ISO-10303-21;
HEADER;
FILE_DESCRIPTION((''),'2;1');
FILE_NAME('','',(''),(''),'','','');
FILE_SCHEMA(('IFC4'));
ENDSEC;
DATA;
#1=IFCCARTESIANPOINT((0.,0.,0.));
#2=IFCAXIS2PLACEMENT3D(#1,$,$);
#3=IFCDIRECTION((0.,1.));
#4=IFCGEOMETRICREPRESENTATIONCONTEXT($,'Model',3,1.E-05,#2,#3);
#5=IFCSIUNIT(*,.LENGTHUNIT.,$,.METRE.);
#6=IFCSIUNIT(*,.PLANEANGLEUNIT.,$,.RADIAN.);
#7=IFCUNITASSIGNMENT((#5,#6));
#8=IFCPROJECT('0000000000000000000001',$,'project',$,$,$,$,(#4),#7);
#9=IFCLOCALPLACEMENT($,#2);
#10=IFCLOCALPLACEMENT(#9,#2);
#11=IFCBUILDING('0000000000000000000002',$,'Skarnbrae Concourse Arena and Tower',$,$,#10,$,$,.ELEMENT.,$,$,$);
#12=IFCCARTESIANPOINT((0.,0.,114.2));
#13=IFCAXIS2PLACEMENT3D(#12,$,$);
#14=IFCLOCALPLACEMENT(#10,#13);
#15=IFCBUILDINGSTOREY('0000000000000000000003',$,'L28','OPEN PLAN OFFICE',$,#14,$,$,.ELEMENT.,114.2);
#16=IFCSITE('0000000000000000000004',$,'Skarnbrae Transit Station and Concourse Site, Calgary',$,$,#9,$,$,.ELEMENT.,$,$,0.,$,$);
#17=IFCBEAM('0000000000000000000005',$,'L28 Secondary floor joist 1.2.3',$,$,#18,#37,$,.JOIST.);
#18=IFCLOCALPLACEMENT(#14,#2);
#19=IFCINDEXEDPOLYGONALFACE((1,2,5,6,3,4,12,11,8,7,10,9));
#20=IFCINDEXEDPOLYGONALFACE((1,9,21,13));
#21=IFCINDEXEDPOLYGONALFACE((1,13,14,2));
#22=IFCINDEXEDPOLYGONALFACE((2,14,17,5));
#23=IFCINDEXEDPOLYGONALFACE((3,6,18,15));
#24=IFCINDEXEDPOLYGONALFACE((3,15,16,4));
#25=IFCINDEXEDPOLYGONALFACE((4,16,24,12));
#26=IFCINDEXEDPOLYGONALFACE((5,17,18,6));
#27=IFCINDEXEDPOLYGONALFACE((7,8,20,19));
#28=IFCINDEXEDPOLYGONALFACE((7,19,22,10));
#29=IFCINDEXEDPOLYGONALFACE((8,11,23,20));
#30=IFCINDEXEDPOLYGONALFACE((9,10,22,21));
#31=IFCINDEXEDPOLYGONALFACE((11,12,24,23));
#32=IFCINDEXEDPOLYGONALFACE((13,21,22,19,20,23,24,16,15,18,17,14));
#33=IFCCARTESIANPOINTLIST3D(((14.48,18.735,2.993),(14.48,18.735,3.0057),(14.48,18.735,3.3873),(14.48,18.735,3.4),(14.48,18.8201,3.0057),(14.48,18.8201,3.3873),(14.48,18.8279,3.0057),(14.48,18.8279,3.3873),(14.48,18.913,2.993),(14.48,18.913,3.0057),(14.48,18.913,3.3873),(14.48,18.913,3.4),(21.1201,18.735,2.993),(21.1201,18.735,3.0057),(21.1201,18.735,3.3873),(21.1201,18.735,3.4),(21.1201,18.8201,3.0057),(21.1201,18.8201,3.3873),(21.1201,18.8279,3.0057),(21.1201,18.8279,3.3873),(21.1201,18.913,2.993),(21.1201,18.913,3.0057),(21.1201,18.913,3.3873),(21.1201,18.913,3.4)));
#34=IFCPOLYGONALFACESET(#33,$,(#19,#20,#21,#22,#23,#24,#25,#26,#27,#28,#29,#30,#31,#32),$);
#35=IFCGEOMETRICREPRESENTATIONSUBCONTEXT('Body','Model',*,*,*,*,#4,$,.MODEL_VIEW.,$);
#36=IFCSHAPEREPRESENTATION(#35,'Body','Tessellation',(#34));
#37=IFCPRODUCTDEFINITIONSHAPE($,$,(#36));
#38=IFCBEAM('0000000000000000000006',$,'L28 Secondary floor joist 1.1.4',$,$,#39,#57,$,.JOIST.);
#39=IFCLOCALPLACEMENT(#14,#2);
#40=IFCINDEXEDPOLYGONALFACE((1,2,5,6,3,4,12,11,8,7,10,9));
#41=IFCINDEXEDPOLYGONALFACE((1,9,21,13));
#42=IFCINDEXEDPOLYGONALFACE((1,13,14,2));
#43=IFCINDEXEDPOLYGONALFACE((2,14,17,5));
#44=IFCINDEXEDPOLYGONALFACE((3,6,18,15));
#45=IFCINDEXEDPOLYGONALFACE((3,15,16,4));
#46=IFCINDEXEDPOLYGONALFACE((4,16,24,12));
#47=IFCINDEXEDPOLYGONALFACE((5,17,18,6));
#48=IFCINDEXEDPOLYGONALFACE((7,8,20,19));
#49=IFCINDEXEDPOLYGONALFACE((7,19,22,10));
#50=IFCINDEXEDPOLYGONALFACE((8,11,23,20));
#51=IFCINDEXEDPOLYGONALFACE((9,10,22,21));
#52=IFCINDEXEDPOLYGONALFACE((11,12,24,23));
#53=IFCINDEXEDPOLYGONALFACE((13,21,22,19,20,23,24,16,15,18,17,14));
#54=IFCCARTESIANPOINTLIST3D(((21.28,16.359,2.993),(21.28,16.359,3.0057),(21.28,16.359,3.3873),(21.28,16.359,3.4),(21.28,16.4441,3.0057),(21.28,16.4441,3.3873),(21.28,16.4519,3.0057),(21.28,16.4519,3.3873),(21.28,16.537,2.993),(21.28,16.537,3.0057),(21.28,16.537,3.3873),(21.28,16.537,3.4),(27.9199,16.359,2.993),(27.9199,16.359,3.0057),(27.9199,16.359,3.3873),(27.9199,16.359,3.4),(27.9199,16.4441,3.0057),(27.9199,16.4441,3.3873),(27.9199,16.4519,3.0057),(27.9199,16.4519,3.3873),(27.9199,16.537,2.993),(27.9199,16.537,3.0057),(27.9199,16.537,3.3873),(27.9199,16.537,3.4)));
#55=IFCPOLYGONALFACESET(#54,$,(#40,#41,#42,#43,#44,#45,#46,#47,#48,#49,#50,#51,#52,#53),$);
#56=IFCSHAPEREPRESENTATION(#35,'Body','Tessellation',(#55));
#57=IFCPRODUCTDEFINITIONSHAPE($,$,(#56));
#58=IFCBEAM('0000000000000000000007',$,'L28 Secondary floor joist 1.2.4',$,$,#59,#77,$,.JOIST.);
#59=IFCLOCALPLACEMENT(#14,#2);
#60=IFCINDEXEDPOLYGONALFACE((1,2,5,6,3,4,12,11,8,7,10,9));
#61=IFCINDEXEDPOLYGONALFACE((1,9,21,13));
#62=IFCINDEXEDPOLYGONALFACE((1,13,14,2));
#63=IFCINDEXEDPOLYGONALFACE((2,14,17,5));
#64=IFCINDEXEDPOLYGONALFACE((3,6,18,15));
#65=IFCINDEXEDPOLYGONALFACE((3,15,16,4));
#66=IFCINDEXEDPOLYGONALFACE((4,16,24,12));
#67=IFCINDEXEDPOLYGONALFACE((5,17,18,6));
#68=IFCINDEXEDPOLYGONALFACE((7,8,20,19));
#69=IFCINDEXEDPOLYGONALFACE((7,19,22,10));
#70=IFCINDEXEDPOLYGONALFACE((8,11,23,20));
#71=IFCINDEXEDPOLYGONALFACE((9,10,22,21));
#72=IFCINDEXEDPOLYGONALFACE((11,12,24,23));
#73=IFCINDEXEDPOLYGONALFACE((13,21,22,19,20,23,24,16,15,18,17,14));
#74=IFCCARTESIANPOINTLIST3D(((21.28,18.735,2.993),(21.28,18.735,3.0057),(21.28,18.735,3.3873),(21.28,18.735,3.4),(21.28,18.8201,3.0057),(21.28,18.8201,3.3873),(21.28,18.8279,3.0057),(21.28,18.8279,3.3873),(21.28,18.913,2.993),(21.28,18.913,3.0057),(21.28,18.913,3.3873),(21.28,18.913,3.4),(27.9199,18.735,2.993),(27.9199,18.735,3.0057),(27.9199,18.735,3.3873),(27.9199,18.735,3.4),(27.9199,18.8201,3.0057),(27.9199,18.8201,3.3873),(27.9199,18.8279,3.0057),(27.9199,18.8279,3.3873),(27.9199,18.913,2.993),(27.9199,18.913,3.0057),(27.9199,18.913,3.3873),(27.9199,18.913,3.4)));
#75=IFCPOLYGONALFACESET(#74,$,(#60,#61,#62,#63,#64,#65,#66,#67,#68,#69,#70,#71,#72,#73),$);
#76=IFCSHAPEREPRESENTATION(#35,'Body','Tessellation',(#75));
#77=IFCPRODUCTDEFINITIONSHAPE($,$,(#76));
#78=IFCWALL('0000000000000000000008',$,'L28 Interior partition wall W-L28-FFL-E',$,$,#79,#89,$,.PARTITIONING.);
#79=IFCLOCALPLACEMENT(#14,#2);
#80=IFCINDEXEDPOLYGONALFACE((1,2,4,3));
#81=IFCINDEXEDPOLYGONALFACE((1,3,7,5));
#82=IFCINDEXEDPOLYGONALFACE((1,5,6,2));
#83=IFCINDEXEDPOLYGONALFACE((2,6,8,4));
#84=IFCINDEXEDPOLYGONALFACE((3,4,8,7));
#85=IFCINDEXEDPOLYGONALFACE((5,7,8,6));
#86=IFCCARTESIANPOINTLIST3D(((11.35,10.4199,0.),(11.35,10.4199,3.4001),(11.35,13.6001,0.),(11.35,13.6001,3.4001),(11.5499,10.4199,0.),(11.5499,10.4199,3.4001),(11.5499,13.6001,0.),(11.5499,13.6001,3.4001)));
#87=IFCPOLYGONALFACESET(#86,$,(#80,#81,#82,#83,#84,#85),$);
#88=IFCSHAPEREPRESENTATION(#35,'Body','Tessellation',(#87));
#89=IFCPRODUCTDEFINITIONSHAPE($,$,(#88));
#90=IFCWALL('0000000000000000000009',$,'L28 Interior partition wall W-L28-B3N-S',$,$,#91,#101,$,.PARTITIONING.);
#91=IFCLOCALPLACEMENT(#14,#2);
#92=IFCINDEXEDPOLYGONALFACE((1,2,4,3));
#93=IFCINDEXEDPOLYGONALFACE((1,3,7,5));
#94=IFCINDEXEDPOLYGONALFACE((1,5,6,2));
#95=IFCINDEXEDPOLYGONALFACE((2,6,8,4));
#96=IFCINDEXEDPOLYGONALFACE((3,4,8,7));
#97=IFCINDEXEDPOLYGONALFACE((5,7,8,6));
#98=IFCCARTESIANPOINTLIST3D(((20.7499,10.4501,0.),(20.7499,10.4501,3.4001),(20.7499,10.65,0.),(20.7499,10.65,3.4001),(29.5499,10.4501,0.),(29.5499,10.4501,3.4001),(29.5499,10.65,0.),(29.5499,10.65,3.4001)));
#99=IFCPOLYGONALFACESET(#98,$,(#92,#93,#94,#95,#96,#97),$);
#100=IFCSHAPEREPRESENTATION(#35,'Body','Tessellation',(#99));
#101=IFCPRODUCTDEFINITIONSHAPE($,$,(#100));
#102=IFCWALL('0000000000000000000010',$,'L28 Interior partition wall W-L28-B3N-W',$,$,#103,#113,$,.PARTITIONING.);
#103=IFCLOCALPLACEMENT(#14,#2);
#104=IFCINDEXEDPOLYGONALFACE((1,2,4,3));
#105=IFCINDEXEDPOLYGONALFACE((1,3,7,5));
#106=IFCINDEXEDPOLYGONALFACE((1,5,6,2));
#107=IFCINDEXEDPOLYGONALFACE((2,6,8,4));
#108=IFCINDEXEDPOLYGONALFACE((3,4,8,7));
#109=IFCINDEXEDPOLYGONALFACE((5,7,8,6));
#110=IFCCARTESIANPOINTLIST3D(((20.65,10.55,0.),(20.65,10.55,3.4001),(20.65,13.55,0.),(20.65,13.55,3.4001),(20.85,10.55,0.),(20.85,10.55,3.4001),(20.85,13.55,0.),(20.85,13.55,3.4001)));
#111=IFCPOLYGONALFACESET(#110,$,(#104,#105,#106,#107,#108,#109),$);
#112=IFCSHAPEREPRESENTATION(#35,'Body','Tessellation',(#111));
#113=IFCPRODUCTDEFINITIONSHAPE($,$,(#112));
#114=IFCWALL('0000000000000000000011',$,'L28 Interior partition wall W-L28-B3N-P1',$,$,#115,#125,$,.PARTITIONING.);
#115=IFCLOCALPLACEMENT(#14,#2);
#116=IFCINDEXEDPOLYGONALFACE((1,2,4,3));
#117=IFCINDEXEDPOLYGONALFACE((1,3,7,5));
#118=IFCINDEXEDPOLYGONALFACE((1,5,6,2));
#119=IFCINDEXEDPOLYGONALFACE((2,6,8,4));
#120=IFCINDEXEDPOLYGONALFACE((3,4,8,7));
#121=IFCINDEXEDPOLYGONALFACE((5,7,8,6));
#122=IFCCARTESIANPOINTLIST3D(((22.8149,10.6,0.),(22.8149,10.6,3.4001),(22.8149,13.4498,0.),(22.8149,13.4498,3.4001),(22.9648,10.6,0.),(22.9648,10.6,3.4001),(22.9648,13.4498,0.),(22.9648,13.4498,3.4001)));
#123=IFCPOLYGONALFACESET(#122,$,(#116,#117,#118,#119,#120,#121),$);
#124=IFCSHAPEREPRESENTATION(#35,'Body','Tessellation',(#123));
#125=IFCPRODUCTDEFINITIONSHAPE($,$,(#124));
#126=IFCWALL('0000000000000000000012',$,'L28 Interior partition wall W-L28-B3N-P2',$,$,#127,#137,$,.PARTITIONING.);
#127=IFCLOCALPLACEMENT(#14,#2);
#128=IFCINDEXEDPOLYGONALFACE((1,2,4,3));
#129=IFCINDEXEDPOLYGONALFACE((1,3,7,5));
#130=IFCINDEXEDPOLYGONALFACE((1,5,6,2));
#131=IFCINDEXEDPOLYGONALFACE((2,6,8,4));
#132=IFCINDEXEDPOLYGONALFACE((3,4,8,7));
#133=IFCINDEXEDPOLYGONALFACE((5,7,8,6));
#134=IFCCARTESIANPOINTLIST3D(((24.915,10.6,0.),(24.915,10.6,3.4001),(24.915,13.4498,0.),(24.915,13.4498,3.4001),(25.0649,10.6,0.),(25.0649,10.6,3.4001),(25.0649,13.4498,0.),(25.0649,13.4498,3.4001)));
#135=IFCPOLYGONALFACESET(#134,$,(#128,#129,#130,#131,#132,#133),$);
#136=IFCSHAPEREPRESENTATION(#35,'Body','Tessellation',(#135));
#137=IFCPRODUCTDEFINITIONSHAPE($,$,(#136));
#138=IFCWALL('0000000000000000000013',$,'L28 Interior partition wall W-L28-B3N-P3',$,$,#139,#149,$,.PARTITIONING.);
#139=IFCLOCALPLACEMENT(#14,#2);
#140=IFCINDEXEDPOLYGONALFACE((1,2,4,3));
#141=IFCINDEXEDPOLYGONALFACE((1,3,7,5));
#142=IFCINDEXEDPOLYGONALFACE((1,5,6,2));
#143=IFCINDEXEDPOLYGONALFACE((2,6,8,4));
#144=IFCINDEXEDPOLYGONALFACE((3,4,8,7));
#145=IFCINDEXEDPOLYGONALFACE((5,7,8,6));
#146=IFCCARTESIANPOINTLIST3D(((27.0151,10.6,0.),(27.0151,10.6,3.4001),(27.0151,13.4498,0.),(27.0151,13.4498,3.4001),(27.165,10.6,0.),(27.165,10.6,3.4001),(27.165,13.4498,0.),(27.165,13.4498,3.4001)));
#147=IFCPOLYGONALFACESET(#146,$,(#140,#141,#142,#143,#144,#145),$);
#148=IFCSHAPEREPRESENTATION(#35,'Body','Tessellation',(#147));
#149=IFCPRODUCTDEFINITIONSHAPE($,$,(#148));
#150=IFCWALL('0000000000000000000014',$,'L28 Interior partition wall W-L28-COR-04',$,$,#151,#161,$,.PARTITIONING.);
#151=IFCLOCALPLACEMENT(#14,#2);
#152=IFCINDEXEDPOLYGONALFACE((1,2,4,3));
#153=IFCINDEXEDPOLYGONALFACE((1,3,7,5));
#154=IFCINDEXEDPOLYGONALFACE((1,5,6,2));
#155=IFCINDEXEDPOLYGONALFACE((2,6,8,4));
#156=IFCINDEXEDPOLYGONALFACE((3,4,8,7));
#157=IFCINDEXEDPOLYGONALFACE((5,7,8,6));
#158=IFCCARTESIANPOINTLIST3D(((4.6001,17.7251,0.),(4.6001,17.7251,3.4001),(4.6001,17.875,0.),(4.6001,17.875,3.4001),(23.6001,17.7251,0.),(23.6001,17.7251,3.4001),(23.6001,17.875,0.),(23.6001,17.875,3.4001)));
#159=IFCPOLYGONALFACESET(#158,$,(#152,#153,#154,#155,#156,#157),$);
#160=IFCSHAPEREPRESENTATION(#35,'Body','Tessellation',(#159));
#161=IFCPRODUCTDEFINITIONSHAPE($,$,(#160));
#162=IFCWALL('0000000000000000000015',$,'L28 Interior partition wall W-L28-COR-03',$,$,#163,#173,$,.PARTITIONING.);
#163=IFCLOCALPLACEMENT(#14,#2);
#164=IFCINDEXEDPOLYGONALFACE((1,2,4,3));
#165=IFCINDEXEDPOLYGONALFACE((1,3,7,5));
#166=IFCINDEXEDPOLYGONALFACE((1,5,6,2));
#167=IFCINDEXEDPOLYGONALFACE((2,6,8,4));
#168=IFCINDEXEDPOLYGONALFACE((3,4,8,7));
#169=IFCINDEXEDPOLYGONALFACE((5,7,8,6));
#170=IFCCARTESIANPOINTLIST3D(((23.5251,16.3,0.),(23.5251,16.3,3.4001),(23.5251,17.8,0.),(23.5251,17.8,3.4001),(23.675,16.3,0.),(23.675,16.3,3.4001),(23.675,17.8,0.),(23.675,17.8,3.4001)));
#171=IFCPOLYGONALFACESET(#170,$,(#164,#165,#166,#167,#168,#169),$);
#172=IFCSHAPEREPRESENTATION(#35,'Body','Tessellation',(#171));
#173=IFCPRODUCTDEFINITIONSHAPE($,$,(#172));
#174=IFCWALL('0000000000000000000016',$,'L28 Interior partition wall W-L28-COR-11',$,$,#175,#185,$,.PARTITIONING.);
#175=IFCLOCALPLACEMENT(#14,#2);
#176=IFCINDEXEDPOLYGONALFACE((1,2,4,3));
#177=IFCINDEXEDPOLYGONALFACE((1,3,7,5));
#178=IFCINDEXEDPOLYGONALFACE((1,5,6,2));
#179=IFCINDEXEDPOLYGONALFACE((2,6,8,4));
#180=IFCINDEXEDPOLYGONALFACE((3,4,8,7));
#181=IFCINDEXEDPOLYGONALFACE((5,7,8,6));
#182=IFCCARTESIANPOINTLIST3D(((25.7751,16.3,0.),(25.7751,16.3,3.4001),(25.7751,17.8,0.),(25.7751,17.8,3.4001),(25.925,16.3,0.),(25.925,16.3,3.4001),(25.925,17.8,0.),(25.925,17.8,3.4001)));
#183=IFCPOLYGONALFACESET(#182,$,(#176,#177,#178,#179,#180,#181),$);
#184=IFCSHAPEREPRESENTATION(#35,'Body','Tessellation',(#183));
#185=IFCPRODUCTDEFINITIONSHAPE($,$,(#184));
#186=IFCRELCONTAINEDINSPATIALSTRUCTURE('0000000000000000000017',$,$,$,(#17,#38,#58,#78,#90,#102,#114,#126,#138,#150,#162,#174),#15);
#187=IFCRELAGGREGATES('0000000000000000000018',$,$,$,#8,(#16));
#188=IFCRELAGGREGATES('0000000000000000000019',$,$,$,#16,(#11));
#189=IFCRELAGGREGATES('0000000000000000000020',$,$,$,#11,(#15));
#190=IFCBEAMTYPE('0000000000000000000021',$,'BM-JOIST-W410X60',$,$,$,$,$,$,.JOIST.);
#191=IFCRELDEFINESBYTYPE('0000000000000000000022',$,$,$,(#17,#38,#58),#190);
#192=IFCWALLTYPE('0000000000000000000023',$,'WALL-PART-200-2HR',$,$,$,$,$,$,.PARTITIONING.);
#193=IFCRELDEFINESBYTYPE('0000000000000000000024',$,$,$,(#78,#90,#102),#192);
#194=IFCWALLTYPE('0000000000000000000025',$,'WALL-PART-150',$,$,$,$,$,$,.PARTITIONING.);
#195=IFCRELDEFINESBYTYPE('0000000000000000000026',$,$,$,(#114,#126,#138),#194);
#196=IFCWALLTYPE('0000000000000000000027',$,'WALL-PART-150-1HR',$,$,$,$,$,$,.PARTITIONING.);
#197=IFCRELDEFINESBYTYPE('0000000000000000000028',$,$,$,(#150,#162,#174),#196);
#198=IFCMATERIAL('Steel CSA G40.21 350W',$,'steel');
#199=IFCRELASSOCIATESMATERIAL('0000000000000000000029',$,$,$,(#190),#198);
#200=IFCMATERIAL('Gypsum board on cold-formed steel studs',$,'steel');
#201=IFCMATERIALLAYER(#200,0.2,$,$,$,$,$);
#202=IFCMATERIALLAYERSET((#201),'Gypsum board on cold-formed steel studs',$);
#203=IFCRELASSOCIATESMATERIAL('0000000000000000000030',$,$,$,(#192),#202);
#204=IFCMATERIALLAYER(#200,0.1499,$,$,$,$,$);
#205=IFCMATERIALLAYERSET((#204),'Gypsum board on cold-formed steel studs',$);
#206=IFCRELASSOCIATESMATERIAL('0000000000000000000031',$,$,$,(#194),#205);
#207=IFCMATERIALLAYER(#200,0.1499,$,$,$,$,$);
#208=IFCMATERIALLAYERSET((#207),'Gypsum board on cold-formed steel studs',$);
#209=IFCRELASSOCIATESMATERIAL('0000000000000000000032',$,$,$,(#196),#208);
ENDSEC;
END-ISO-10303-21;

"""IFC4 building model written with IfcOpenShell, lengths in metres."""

from ifc_helpers import new_model, si_unit, direction, frame, frame_2d, origin, origin_2d, place, context, subcontext, project, spatial, rectangle, i_section, extrude, source, transform, mapped, material, layer, layer_set, material_profile, profile_set, type_object, element, save


model = new_model("IFC4")

# Units and contexts
model_context = context("Model", 3, precision=1e-05, world=origin(), true_north=direction((0.0, 1.0)))
body_context = subcontext(model_context, "Body", "Model", "MODEL_VIEW")
ifc_project = project(units=[si_unit("LENGTHUNIT", "METRE"), si_unit("PLANEANGLEUNIT", "RADIAN")], contexts=[model_context])

# Site, building, storey
site_placement = place(None, origin())
site = spatial("IfcSite", under=ifc_project, at=site_placement, Name="Skarnbrae Transit Station and Concourse Site, Calgary", CompositionType="ELEMENT", RefElevation=0.0)
building_placement = place(site_placement, origin())
building = spatial("IfcBuilding", under=site, at=building_placement, Name="Skarnbrae Concourse Arena and Tower", CompositionType="ELEMENT")
storey_placement = place(building_placement, frame((0.0, 0.0, 114.2)))
storey = spatial("IfcBuildingStorey", under=building, at=storey_placement, Name="L28", Description="OPEN PLAN OFFICE", CompositionType="ELEMENT", Elevation=114.2)

# Shared definitions
ifc_material_1 = material(Name="Steel CSA G40.21 350W", Category="steel")

# Beams
ifc_material_profile_1 = material_profile(ifc_material_1, i_section(OverallWidth=0.178, OverallDepth=0.407, WebThickness=0.0078, FlangeThickness=0.0127, at=origin_2d()), Name="W410X60")
ifc_profile_set_1 = profile_set([ifc_material_profile_1], Name="Steel CSA G40.21 350W")
beam_type_1 = type_object("IfcBeamType", Name="BM-JOIST-W410X60", PredefinedType="JOIST", material=ifc_profile_set_1)
shared_shape_1 = source(origin(), body_context, "Body", "SweptSolid", [
    extrude(i_section(OverallWidth=0.178, OverallDepth=0.407, WebThickness=0.0078, FlangeThickness=0.0127, at=origin_2d()), origin(), (0.0, 0.0, 1.0), 6.6401),
])
for number, where, z_axis, x_axis, name in (
    (1, (14.48, 18.824, 3.1965), (1.0, 0.0, 0.0), (0.0, 1.0, 0.0), "L28 Secondary floor joist 1.2.3"),
):
    element("IfcBeam", number, at=place(storey_placement, frame(where, z_axis=z_axis, x_axis=x_axis)), inside=storey, type_object=beam_type_1, Name=name, PredefinedType="JOIST", context=body_context, shape_type="MappedRepresentation", body=[
        mapped(shared_shape_1, transform((0.0, 0.0, 0.0))),
    ])
shared_shape_2 = source(origin(), body_context, "Body", "SweptSolid", [
    extrude(i_section(OverallWidth=0.178, OverallDepth=0.407, WebThickness=0.0078, FlangeThickness=0.0127, at=origin_2d()), origin(), (0.0, 0.0, 1.0), 6.6399),
])
for number, where, z_axis, x_axis, name in (
    (2, (21.28, 16.448, 3.1965), (1.0, 0.0, 0.0), (0.0, 1.0, 0.0), "L28 Secondary floor joist 1.1.4"),
    (3, (21.28, 18.824, 3.1965), (1.0, 0.0, 0.0), (0.0, 1.0, 0.0), "L28 Secondary floor joist 1.2.4"),
):
    element("IfcBeam", number, at=place(storey_placement, frame(where, z_axis=z_axis, x_axis=x_axis)), inside=storey, type_object=beam_type_1, Name=name, PredefinedType="JOIST", context=body_context, shape_type="MappedRepresentation", body=[
        mapped(shared_shape_2, transform((0.0, 0.0, 0.0))),
    ])

# Wall
ifc_material_2 = material(Name="Gypsum board on cold-formed steel studs", Category="steel")
ifc_layer_1 = layer(ifc_material_2, 0.2)
ifc_layer_set_1 = layer_set([ifc_layer_1], Name="Gypsum board on cold-formed steel studs")
wall_type_1 = type_object("IfcWallType", Name="WALL-PART-200-2HR", PredefinedType="PARTITIONING", material=ifc_layer_set_1)
shared_shape_3 = source(origin(), body_context, "Body", "SweptSolid", [
    extrude(rectangle(XDim=3.1802, YDim=0.2, at=frame_2d((1.5901, 0.0))), origin(), (0.0, 0.0, 1.0), 3.4001),
])
wall_1_placement = place(storey_placement, frame((11.45, 10.4199, 0.0), z_axis=(0.0, 0.0, 1.0), x_axis=(0.0, 1.0, 0.0)))
element("IfcWall", 4, at=wall_1_placement, inside=storey, type_object=wall_type_1, Name="L28 Interior partition wall W-L28-FFL-E", PredefinedType="PARTITIONING", context=body_context, shape_type="MappedRepresentation", body=[
    mapped(shared_shape_3, transform((0.0, 0.0, 0.0))),
])

# Walls
shared_shape_4 = source(origin(), body_context, "Body", "SweptSolid", [
    extrude(rectangle(XDim=8.8, YDim=0.2, at=frame_2d((4.3999, 0.0))), origin(), (0.0, 0.0, 1.0), 3.4001),
])
wall_2_placement = place(storey_placement, frame((20.75, 10.55, 0.0), z_axis=(0.0, 0.0, 1.0), x_axis=(1.0, 0.0, 0.0)))
element("IfcWall", 5, at=wall_2_placement, inside=storey, type_object=wall_type_1, Name="L28 Interior partition wall W-L28-B3N-S", PredefinedType="PARTITIONING", context=body_context, shape_type="MappedRepresentation", body=[
    mapped(shared_shape_4, transform((0.0, 0.0, 0.0))),
])
shared_shape_5 = source(origin(), body_context, "Body", "SweptSolid", [
    extrude(rectangle(XDim=3.0, YDim=0.2, at=frame_2d((1.5, 0.0))), origin(), (0.0, 0.0, 1.0), 3.4001),
])
wall_3_placement = place(storey_placement, frame((20.75, 10.55, 0.0), z_axis=(0.0, 0.0, 1.0), x_axis=(0.0, 1.0, 0.0)))
element("IfcWall", 6, at=wall_3_placement, inside=storey, type_object=wall_type_1, Name="L28 Interior partition wall W-L28-B3N-W", PredefinedType="PARTITIONING", context=body_context, shape_type="MappedRepresentation", body=[
    mapped(shared_shape_5, transform((0.0, 0.0, 0.0))),
])
ifc_layer_2 = layer(ifc_material_2, 0.1499)
ifc_layer_set_2 = layer_set([ifc_layer_2], Name="Gypsum board on cold-formed steel studs")
wall_type_2 = type_object("IfcWallType", Name="WALL-PART-150", PredefinedType="PARTITIONING", material=ifc_layer_set_2)
shared_shape_6 = source(origin(), body_context, "Body", "SweptSolid", [
    extrude(rectangle(XDim=2.8499, YDim=0.1499, at=frame_2d((1.4248, 0.0))), origin(), (0.0, 0.0, 1.0), 3.4001),
])
for number, where, z_axis, x_axis, name in (
    (7, (22.8899, 10.6001, 0.0), (0.0, 0.0, 1.0), (0.0, 1.0, 0.0), "L28 Interior partition wall W-L28-B3N-P1"),
    (8, (24.99, 10.6001, 0.0), (0.0, 0.0, 1.0), (0.0, 1.0, 0.0), "L28 Interior partition wall W-L28-B3N-P2"),
    (9, (27.0901, 10.6001, 0.0), (0.0, 0.0, 1.0), (0.0, 1.0, 0.0), "L28 Interior partition wall W-L28-B3N-P3"),
):
    element("IfcWall", number, at=place(storey_placement, frame(where, z_axis=z_axis, x_axis=x_axis)), inside=storey, type_object=wall_type_2, Name=name, PredefinedType="PARTITIONING", context=body_context, shape_type="MappedRepresentation", body=[
        mapped(shared_shape_6, transform((0.0, 0.0, 0.0))),
    ])
ifc_layer_3 = layer(ifc_material_2, 0.1499)
ifc_layer_set_3 = layer_set([ifc_layer_3], Name="Gypsum board on cold-formed steel studs")
wall_type_3 = type_object("IfcWallType", Name="WALL-PART-150-1HR", PredefinedType="PARTITIONING", material=ifc_layer_set_3)
shared_shape_7 = source(origin(), body_context, "Body", "SweptSolid", [
    extrude(rectangle(XDim=19.0, YDim=0.1499, at=frame_2d((9.5, 0.0))), origin(), (0.0, 0.0, 1.0), 3.4001),
])
wall_4_placement = place(storey_placement, frame((23.6001, 17.8, 0.0), z_axis=(0.0, 0.0, 1.0), x_axis=(-1.0, 0.0, 0.0)))
element("IfcWall", 10, at=wall_4_placement, inside=storey, type_object=wall_type_3, Name="L28 Interior partition wall W-L28-COR-04", PredefinedType="PARTITIONING", context=body_context, shape_type="MappedRepresentation", body=[
    mapped(shared_shape_7, transform((0.0, 0.0, 0.0))),
])
shared_shape_8 = source(origin(), body_context, "Body", "SweptSolid", [
    extrude(rectangle(XDim=1.5, YDim=0.1499, at=frame_2d((0.75, 0.0))), origin(), (0.0, 0.0, 1.0), 3.4001),
])
for number, where, z_axis, x_axis, name in (
    (11, (23.6001, 16.3, 0.0), (0.0, 0.0, 1.0), (0.0, 1.0, 0.0), "L28 Interior partition wall W-L28-COR-03"),
    (12, (25.8501, 17.8, 0.0), (0.0, 0.0, 1.0), (0.0, -1.0, 0.0), "L28 Interior partition wall W-L28-COR-11"),
):
    element("IfcWall", number, at=place(storey_placement, frame(where, z_axis=z_axis, x_axis=x_axis)), inside=storey, type_object=wall_type_3, Name=name, PredefinedType="PARTITIONING", context=body_context, shape_type="MappedRepresentation", body=[
        mapped(shared_shape_8, transform((0.0, 0.0, 0.0))),
    ])

save(model, "model.ifc")
